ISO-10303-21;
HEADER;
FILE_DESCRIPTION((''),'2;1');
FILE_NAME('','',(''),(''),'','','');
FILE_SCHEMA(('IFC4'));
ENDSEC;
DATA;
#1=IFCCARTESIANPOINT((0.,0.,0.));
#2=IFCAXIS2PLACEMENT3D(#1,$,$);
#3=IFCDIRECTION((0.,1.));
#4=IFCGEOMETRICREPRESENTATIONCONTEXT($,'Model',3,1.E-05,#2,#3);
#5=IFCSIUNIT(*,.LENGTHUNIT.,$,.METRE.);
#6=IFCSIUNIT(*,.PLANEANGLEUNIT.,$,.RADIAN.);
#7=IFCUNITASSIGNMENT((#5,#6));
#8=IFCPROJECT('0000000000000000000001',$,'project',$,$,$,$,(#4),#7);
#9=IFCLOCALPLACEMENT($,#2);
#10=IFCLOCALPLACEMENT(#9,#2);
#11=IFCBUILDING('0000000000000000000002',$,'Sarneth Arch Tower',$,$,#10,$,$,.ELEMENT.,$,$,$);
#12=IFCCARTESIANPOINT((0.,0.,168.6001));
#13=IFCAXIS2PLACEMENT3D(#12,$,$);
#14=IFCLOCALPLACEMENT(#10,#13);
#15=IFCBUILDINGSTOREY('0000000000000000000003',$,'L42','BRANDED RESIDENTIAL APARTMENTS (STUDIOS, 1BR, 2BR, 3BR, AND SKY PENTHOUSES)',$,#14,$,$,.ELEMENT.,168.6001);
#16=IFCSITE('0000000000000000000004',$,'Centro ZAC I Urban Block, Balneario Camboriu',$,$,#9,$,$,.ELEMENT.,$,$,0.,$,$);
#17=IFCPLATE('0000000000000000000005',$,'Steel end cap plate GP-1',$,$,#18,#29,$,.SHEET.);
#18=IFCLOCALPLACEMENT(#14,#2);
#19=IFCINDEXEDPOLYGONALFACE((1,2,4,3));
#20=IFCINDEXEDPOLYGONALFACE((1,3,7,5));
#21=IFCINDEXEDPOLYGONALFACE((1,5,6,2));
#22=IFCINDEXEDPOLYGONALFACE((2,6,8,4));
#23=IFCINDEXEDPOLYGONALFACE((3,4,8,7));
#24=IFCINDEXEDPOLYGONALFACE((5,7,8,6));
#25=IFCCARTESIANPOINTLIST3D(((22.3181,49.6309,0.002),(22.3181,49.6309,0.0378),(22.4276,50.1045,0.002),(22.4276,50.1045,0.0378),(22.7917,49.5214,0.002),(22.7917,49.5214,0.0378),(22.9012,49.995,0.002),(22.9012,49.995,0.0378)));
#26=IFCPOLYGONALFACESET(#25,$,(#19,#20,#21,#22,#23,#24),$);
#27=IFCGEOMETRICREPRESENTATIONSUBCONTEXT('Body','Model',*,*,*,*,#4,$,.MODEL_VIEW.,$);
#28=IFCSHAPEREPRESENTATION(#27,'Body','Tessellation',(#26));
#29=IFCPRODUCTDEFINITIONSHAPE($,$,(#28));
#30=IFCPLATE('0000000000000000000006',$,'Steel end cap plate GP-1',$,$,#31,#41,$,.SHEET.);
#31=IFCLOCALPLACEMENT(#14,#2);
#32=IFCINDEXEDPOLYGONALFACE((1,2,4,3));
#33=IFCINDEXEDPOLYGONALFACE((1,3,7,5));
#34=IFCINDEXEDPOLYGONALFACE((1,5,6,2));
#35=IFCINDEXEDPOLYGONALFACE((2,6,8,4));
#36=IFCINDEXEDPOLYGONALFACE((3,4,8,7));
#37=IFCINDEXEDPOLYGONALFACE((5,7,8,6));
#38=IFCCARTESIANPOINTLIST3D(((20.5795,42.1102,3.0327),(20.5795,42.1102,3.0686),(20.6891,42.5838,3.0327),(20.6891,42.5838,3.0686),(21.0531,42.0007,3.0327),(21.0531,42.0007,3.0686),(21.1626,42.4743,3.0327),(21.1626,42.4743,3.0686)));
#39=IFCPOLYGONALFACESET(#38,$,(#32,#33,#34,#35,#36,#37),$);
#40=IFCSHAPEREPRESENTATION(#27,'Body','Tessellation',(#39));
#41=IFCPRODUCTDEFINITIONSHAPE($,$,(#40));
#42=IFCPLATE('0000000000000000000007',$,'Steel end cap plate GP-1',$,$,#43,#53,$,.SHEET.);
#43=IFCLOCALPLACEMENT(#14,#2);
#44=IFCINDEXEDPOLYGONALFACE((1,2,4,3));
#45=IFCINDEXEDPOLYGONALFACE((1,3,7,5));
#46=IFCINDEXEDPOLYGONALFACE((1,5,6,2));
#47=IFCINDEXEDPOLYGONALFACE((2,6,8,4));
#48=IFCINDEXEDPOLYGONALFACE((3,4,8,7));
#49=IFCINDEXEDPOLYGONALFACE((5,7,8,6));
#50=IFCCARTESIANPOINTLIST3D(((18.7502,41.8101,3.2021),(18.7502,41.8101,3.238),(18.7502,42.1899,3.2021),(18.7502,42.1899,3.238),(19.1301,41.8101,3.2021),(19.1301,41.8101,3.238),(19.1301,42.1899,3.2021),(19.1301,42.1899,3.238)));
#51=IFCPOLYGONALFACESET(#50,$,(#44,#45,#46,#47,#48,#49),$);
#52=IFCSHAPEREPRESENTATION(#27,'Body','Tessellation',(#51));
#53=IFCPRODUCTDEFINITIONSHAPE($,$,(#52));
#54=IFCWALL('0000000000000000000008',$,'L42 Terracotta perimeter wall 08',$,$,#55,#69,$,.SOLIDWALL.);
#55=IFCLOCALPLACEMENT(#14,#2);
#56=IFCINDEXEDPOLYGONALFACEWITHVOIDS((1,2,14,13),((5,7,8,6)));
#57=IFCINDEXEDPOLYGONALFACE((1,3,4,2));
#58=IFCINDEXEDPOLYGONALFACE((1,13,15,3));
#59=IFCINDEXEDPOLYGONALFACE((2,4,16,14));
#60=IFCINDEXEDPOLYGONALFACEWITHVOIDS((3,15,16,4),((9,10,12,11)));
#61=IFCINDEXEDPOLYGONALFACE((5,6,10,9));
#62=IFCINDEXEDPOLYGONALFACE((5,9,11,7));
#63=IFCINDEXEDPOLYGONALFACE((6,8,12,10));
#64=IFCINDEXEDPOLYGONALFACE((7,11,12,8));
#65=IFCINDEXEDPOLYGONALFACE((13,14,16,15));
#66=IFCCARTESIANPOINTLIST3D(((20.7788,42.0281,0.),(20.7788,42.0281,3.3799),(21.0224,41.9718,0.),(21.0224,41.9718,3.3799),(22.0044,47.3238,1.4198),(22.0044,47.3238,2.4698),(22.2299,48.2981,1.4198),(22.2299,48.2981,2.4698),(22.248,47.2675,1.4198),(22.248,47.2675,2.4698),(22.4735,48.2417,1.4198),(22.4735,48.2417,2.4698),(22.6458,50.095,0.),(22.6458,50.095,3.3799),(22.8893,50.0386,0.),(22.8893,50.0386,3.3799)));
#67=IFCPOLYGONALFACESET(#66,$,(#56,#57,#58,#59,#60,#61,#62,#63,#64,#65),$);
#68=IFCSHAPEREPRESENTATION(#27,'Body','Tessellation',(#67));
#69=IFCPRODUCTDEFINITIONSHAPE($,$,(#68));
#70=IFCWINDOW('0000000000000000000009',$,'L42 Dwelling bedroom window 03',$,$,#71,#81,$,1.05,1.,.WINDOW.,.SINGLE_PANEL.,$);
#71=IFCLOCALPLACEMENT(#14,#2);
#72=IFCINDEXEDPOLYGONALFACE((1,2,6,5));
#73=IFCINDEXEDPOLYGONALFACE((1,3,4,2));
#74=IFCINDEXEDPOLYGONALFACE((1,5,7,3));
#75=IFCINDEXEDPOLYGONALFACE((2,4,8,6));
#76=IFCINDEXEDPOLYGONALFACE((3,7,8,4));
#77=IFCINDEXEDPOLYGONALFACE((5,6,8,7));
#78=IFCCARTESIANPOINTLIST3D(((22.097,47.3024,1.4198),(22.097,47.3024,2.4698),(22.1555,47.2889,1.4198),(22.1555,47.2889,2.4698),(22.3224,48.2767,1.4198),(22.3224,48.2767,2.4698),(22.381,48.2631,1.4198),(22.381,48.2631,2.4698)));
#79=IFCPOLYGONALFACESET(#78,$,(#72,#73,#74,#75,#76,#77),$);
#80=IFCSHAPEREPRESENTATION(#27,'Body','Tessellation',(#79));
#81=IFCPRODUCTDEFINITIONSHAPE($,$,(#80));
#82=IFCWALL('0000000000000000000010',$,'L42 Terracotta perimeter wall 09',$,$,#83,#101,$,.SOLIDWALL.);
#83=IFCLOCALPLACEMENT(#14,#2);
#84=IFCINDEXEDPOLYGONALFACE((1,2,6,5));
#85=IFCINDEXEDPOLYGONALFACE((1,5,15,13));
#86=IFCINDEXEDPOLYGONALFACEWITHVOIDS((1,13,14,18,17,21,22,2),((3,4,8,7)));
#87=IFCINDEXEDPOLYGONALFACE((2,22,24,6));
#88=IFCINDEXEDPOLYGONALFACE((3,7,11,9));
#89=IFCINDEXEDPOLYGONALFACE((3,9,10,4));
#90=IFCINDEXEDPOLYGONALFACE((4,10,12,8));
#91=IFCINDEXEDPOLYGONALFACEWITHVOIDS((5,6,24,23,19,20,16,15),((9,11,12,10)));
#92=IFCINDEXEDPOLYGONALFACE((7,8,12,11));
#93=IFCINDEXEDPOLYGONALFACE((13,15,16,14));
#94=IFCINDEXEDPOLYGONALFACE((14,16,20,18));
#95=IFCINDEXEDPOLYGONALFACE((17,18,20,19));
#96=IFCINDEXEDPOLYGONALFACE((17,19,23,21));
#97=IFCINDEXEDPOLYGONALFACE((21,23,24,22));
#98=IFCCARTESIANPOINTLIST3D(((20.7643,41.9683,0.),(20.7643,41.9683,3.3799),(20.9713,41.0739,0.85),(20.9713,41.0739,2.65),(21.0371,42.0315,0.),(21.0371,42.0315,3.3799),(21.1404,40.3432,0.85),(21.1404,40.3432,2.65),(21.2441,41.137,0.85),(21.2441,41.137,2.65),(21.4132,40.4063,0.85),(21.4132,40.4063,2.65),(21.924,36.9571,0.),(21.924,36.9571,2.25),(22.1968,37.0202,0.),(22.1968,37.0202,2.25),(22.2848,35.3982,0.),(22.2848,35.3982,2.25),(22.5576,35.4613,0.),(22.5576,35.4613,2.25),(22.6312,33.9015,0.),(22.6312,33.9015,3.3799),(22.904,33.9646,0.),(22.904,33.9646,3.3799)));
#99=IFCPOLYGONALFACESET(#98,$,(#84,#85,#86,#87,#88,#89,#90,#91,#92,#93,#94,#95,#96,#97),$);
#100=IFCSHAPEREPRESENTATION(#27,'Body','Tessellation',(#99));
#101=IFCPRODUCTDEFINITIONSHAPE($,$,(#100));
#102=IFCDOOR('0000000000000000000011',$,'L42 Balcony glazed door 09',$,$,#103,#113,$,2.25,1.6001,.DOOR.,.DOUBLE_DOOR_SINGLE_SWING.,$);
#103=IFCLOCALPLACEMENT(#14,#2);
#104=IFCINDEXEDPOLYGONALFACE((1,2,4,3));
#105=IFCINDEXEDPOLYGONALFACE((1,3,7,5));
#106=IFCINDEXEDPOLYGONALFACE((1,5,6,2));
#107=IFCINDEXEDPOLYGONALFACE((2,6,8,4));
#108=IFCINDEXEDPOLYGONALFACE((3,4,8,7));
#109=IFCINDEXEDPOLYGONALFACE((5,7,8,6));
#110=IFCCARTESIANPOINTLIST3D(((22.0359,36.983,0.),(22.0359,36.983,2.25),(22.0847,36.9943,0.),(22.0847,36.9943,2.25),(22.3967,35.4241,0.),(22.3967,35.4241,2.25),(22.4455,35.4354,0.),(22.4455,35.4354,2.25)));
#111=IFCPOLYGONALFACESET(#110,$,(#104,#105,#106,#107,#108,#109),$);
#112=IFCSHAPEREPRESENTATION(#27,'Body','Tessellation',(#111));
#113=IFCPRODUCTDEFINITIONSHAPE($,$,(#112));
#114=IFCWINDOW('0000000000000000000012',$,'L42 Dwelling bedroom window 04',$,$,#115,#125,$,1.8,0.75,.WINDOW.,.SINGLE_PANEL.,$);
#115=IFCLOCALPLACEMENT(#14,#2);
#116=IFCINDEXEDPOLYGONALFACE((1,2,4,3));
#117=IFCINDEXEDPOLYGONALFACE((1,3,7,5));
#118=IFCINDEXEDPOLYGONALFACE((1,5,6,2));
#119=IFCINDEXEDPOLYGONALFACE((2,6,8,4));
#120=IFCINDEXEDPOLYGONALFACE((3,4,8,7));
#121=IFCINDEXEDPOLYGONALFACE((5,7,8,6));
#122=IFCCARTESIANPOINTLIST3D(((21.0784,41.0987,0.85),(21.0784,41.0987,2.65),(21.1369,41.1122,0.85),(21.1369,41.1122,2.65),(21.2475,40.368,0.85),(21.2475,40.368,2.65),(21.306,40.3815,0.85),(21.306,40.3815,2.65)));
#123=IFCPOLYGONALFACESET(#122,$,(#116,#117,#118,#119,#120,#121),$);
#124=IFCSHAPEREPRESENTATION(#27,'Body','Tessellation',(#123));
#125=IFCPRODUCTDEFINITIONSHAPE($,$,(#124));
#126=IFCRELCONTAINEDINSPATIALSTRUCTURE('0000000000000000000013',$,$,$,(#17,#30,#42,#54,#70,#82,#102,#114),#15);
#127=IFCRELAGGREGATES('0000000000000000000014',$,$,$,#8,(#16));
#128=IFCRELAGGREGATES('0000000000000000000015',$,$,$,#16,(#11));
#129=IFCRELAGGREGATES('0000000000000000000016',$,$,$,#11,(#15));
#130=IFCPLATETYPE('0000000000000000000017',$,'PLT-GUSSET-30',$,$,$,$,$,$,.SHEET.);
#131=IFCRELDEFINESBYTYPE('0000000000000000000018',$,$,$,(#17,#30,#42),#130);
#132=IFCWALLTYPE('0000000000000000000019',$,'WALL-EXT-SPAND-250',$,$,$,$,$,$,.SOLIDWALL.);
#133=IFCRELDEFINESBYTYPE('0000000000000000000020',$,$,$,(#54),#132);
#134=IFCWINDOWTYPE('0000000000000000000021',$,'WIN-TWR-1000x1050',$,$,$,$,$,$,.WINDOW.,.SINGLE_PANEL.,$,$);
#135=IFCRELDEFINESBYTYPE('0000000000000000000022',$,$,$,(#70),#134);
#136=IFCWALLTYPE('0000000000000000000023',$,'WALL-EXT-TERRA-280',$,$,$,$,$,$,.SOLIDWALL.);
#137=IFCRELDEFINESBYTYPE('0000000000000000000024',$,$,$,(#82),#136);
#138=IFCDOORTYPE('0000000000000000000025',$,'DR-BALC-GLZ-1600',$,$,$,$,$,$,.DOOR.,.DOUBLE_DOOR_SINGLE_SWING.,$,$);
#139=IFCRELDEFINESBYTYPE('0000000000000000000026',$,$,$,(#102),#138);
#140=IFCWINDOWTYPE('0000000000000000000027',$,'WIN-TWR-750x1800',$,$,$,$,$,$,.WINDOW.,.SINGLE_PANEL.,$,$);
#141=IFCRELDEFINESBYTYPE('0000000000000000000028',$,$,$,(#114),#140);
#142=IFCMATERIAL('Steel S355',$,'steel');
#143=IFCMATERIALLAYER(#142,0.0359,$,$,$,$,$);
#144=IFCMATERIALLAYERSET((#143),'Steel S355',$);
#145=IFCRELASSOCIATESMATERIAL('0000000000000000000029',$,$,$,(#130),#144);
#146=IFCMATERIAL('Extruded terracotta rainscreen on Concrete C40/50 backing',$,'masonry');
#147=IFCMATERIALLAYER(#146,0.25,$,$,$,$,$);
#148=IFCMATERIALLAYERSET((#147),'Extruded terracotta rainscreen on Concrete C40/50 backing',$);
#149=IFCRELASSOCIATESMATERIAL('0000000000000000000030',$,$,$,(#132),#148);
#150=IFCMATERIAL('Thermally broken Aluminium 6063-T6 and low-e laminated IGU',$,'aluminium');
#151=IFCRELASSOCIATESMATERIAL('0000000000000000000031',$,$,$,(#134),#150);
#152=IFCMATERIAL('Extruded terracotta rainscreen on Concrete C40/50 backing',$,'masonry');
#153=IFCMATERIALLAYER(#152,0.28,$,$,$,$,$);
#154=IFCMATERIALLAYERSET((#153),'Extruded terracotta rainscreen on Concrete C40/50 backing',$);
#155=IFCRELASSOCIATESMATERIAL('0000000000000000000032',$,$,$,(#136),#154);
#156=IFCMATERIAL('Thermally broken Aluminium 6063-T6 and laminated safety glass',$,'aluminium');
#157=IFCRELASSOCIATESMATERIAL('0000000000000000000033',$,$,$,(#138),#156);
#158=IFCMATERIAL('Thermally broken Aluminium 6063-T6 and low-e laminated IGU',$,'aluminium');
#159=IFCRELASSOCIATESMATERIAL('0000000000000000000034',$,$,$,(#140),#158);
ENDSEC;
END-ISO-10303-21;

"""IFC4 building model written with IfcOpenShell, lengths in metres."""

from ifc_helpers import new_model, si_unit, direction, frame, frame_2d, origin, origin_2d, place, context, subcontext, project, spatial, rectangle, extrude, material, layer, layer_set, type_object, element, fill, save


model = new_model("IFC4")

# Units and contexts
model_context = context("Model", 3, precision=1e-05, world=origin(), true_north=direction((0.0, 1.0)))
body_context = subcontext(model_context, "Body", "Model", "MODEL_VIEW")
ifc_project = project(units=[si_unit("LENGTHUNIT", "METRE"), si_unit("PLANEANGLEUNIT", "RADIAN")], contexts=[model_context])

# Site, building, storey
site_placement = place(None, origin())
site = spatial("IfcSite", under=ifc_project, at=site_placement, Name="Centro ZAC I Urban Block, Balneario Camboriu", CompositionType="ELEMENT", RefElevation=0.0)
building_placement = place(site_placement, origin())
building = spatial("IfcBuilding", under=site, at=building_placement, Name="Sarneth Arch Tower", CompositionType="ELEMENT")
storey_placement = place(building_placement, frame((0.0, 0.0, 168.6001)))
storey = spatial("IfcBuildingStorey", under=building, at=storey_placement, Name="L42", Description="BRANDED RESIDENTIAL APARTMENTS (STUDIOS, 1BR, 2BR, 3BR, AND SKY PENTHOUSES)", CompositionType="ELEMENT", Elevation=168.6001)

# Plates
ifc_material_1 = material(Name="Steel S355", Category="steel")
ifc_layer_1 = layer(ifc_material_1, 0.0359)
ifc_layer_set_1 = layer_set([ifc_layer_1], Name="Steel S355")
plate_type = type_object("IfcPlateType", Name="PLT-GUSSET-30", PredefinedType="SHEET", material=ifc_layer_set_1)
for number, where, z_axis, x_axis, name in (
    (1, (22.6096, 49.813, 0.002), (0.0, 0.0, 1.0), (-0.225291, -0.974291, 0.0), "Steel end cap plate GP-1"),
    (2, (20.8711, 42.2922, 3.0327), (0.0, 0.0, 1.0), (-0.225291, -0.974291, 0.0), "Steel end cap plate GP-1"),
):
    element("IfcPlate", number, at=place(storey_placement, frame(where, z_axis=z_axis, x_axis=x_axis)), inside=storey, type_object=plate_type, Name=name, PredefinedType="SHEET", context=body_context, shape_type="SweptSolid", body=[
        extrude(rectangle(XDim=0.4861, YDim=0.4861, at=origin_2d()), origin(), (0.0, 0.0, 1.0), 0.0359),
    ])
plate_placement = place(storey_placement, frame((18.9402, 42.0, 3.2021), z_axis=(0.0, 0.0, 1.0), x_axis=(-1.0, 0.0, 0.0)))
element("IfcPlate", 3, at=plate_placement, inside=storey, type_object=plate_type, Name="Steel end cap plate GP-1", PredefinedType="SHEET", context=body_context, shape_type="SweptSolid", body=[
    extrude(rectangle(XDim=0.3799, YDim=0.3799, at=origin_2d()), origin(), (0.0, 0.0, 1.0), 0.0359),
])

# Wall, opening, window
ifc_material_2 = material(Name="Extruded terracotta rainscreen on Concrete C40/50 backing", Category="masonry")
ifc_layer_2 = layer(ifc_material_2, 0.25)
ifc_layer_set_2 = layer_set([ifc_layer_2], Name="Extruded terracotta rainscreen on Concrete C40/50 backing")
wall_type_1 = type_object("IfcWallType", Name="WALL-EXT-SPAND-250", PredefinedType="SOLIDWALL", material=ifc_layer_set_2)
wall_1_placement = place(storey_placement, frame((22.7676, 50.0669, 0.0), z_axis=(0.0, 0.0, 1.0), x_axis=(-0.225473, -0.974249, 0.0)))
wall_1 = element("IfcWall", 4, at=wall_1_placement, inside=storey, type_object=wall_type_1, Name="L42 Terracotta perimeter wall 08", PredefinedType="SOLIDWALL", context=body_context, shape_type="SweptSolid", body=[
    extrude(rectangle(XDim=8.28, YDim=0.25, at=frame_2d((4.1401, 0.0))), origin(), (0.0, 0.0, 1.0), 3.3799),
])
opening_1_placement = place(wall_1_placement, frame((1.8445, 0.0, 1.4199)))
opening_1 = element("IfcOpeningElement", 5, at=opening_1_placement, cuts=wall_1, PredefinedType="OPENING", context=body_context, shape_type="SweptSolid", body=[
    extrude(rectangle(XDim=1.0, YDim=1.05, at=frame_2d((0.5, 0.5249))), frame((0.0, 0.135, 0.0), z_axis=(0.0, -1.0, 0.0), x_axis=(1.0, 0.0, 0.0)), (0.0, 0.0, 1.0), 0.27),
])
ifc_material_3 = material(Name="Thermally broken Aluminium 6063-T6 and low-e laminated IGU", Category="aluminium")
window_type_1 = type_object("IfcWindowType", Name="WIN-TWR-1000x1050", PartitioningType="SINGLE_PANEL", PredefinedType="WINDOW", material=ifc_material_3)
window_1_placement = place(opening_1_placement, origin())
window_1 = element("IfcWindow", 6, at=window_1_placement, inside=storey, type_object=window_type_1, Name="L42 Dwelling bedroom window 03", OverallHeight=1.05, OverallWidth=1.0, PartitioningType="SINGLE_PANEL", PredefinedType="WINDOW", context=body_context, shape_type="SweptSolid", body=[
    extrude(rectangle(XDim=1.0, YDim=1.05, at=frame_2d((0.5, 0.5249))), frame((0.0, 0.03, 0.0), z_axis=(0.0, -1.0, 0.0), x_axis=(1.0, 0.0, 0.0)), (0.0, 0.0, 1.0), 0.0601),
])
fill(opening_1, window_1)

# Wall, openings, door, window
ifc_material_4 = material(Name="Extruded terracotta rainscreen on Concrete C40/50 backing", Category="masonry")
ifc_layer_3 = layer(ifc_material_4, 0.28)
ifc_layer_set_3 = layer_set([ifc_layer_3], Name="Extruded terracotta rainscreen on Concrete C40/50 backing")
wall_type_2 = type_object("IfcWallType", Name="WALL-EXT-TERRA-280", PredefinedType="SOLIDWALL", material=ifc_layer_set_3)
wall_2_placement = place(storey_placement, frame((20.9006, 42.0, 0.0), z_axis=(0.0, 0.0, 1.0), x_axis=(0.225473, -0.974249, 0.0)))
wall_2 = element("IfcWall", 7, at=wall_2_placement, inside=storey, type_object=wall_type_2, Name="L42 Terracotta perimeter wall 09", PredefinedType="SOLIDWALL", context=body_context, shape_type="SweptSolid", body=[
    extrude(rectangle(XDim=8.28, YDim=0.28, at=frame_2d((4.1401, 0.0))), origin(), (0.0, 0.0, 1.0), 3.3799),
])
opening_2_placement = place(wall_2_placement, frame((5.1438, 0.0, 0.0)))
opening_2 = element("IfcOpeningElement", 8, at=opening_2_placement, cuts=wall_2, PredefinedType="OPENING", context=body_context, shape_type="SweptSolid", body=[
    extrude(rectangle(XDim=1.6001, YDim=2.25, at=frame_2d((0.8, 1.125))), frame((0.0, 0.1499, 0.0), z_axis=(0.0, -1.0, 0.0), x_axis=(1.0, 0.0, 0.0)), (0.0, 0.0, 1.0), 0.3),
])
opening_3_placement = place(wall_2_placement, frame((0.9182, 0.0, 0.8501)))
opening_3 = element("IfcOpeningElement", 9, at=opening_3_placement, cuts=wall_2, PredefinedType="OPENING", context=body_context, shape_type="SweptSolid", body=[
    extrude(rectangle(XDim=0.75, YDim=1.8, at=frame_2d((0.375, 0.8999))), frame((0.0, 0.1499, 0.0), z_axis=(0.0, -1.0, 0.0), x_axis=(1.0, 0.0, 0.0)), (0.0, 0.0, 1.0), 0.3),
])
ifc_material_5 = material(Name="Thermally broken Aluminium 6063-T6 and laminated safety glass", Category="aluminium")
door_type_1 = type_object("IfcDoorType", Name="DR-BALC-GLZ-1600", OperationType="DOUBLE_DOOR_SINGLE_SWING", PredefinedType="DOOR", material=ifc_material_5)
door_1_placement = place(opening_2_placement, origin())
door_1 = element("IfcDoor", 10, at=door_1_placement, inside=storey, type_object=door_type_1, Name="L42 Balcony glazed door 09", OperationType="DOUBLE_DOOR_SINGLE_SWING", OverallHeight=2.25, OverallWidth=1.6001, PredefinedType="DOOR", context=body_context, shape_type="SweptSolid", body=[
    extrude(rectangle(XDim=1.6001, YDim=2.25, at=frame_2d((0.8, 1.125))), frame((0.0, 0.0249, 0.0), z_axis=(0.0, -1.0, 0.0), x_axis=(1.0, 0.0, 0.0)), (0.0, 0.0, 1.0), 0.05),
])
fill(opening_2, door_1)
ifc_material_6 = material(Name="Thermally broken Aluminium 6063-T6 and low-e laminated IGU", Category="aluminium")
window_type_2 = type_object("IfcWindowType", Name="WIN-TWR-750x1800", PartitioningType="SINGLE_PANEL", PredefinedType="WINDOW", material=ifc_material_6)
window_2_placement = place(opening_3_placement, origin())
window_2 = element("IfcWindow", 11, at=window_2_placement, inside=storey, type_object=window_type_2, Name="L42 Dwelling bedroom window 04", OverallHeight=1.8, OverallWidth=0.75, PartitioningType="SINGLE_PANEL", PredefinedType="WINDOW", context=body_context, shape_type="SweptSolid", body=[
    extrude(rectangle(XDim=0.75, YDim=1.8, at=frame_2d((0.375, 0.8999))), frame((0.0, 0.03, 0.0), z_axis=(0.0, -1.0, 0.0), x_axis=(1.0, 0.0, 0.0)), (0.0, 0.0, 1.0), 0.0601),
])
fill(opening_3, window_2)

save(model, "model.ifc")
